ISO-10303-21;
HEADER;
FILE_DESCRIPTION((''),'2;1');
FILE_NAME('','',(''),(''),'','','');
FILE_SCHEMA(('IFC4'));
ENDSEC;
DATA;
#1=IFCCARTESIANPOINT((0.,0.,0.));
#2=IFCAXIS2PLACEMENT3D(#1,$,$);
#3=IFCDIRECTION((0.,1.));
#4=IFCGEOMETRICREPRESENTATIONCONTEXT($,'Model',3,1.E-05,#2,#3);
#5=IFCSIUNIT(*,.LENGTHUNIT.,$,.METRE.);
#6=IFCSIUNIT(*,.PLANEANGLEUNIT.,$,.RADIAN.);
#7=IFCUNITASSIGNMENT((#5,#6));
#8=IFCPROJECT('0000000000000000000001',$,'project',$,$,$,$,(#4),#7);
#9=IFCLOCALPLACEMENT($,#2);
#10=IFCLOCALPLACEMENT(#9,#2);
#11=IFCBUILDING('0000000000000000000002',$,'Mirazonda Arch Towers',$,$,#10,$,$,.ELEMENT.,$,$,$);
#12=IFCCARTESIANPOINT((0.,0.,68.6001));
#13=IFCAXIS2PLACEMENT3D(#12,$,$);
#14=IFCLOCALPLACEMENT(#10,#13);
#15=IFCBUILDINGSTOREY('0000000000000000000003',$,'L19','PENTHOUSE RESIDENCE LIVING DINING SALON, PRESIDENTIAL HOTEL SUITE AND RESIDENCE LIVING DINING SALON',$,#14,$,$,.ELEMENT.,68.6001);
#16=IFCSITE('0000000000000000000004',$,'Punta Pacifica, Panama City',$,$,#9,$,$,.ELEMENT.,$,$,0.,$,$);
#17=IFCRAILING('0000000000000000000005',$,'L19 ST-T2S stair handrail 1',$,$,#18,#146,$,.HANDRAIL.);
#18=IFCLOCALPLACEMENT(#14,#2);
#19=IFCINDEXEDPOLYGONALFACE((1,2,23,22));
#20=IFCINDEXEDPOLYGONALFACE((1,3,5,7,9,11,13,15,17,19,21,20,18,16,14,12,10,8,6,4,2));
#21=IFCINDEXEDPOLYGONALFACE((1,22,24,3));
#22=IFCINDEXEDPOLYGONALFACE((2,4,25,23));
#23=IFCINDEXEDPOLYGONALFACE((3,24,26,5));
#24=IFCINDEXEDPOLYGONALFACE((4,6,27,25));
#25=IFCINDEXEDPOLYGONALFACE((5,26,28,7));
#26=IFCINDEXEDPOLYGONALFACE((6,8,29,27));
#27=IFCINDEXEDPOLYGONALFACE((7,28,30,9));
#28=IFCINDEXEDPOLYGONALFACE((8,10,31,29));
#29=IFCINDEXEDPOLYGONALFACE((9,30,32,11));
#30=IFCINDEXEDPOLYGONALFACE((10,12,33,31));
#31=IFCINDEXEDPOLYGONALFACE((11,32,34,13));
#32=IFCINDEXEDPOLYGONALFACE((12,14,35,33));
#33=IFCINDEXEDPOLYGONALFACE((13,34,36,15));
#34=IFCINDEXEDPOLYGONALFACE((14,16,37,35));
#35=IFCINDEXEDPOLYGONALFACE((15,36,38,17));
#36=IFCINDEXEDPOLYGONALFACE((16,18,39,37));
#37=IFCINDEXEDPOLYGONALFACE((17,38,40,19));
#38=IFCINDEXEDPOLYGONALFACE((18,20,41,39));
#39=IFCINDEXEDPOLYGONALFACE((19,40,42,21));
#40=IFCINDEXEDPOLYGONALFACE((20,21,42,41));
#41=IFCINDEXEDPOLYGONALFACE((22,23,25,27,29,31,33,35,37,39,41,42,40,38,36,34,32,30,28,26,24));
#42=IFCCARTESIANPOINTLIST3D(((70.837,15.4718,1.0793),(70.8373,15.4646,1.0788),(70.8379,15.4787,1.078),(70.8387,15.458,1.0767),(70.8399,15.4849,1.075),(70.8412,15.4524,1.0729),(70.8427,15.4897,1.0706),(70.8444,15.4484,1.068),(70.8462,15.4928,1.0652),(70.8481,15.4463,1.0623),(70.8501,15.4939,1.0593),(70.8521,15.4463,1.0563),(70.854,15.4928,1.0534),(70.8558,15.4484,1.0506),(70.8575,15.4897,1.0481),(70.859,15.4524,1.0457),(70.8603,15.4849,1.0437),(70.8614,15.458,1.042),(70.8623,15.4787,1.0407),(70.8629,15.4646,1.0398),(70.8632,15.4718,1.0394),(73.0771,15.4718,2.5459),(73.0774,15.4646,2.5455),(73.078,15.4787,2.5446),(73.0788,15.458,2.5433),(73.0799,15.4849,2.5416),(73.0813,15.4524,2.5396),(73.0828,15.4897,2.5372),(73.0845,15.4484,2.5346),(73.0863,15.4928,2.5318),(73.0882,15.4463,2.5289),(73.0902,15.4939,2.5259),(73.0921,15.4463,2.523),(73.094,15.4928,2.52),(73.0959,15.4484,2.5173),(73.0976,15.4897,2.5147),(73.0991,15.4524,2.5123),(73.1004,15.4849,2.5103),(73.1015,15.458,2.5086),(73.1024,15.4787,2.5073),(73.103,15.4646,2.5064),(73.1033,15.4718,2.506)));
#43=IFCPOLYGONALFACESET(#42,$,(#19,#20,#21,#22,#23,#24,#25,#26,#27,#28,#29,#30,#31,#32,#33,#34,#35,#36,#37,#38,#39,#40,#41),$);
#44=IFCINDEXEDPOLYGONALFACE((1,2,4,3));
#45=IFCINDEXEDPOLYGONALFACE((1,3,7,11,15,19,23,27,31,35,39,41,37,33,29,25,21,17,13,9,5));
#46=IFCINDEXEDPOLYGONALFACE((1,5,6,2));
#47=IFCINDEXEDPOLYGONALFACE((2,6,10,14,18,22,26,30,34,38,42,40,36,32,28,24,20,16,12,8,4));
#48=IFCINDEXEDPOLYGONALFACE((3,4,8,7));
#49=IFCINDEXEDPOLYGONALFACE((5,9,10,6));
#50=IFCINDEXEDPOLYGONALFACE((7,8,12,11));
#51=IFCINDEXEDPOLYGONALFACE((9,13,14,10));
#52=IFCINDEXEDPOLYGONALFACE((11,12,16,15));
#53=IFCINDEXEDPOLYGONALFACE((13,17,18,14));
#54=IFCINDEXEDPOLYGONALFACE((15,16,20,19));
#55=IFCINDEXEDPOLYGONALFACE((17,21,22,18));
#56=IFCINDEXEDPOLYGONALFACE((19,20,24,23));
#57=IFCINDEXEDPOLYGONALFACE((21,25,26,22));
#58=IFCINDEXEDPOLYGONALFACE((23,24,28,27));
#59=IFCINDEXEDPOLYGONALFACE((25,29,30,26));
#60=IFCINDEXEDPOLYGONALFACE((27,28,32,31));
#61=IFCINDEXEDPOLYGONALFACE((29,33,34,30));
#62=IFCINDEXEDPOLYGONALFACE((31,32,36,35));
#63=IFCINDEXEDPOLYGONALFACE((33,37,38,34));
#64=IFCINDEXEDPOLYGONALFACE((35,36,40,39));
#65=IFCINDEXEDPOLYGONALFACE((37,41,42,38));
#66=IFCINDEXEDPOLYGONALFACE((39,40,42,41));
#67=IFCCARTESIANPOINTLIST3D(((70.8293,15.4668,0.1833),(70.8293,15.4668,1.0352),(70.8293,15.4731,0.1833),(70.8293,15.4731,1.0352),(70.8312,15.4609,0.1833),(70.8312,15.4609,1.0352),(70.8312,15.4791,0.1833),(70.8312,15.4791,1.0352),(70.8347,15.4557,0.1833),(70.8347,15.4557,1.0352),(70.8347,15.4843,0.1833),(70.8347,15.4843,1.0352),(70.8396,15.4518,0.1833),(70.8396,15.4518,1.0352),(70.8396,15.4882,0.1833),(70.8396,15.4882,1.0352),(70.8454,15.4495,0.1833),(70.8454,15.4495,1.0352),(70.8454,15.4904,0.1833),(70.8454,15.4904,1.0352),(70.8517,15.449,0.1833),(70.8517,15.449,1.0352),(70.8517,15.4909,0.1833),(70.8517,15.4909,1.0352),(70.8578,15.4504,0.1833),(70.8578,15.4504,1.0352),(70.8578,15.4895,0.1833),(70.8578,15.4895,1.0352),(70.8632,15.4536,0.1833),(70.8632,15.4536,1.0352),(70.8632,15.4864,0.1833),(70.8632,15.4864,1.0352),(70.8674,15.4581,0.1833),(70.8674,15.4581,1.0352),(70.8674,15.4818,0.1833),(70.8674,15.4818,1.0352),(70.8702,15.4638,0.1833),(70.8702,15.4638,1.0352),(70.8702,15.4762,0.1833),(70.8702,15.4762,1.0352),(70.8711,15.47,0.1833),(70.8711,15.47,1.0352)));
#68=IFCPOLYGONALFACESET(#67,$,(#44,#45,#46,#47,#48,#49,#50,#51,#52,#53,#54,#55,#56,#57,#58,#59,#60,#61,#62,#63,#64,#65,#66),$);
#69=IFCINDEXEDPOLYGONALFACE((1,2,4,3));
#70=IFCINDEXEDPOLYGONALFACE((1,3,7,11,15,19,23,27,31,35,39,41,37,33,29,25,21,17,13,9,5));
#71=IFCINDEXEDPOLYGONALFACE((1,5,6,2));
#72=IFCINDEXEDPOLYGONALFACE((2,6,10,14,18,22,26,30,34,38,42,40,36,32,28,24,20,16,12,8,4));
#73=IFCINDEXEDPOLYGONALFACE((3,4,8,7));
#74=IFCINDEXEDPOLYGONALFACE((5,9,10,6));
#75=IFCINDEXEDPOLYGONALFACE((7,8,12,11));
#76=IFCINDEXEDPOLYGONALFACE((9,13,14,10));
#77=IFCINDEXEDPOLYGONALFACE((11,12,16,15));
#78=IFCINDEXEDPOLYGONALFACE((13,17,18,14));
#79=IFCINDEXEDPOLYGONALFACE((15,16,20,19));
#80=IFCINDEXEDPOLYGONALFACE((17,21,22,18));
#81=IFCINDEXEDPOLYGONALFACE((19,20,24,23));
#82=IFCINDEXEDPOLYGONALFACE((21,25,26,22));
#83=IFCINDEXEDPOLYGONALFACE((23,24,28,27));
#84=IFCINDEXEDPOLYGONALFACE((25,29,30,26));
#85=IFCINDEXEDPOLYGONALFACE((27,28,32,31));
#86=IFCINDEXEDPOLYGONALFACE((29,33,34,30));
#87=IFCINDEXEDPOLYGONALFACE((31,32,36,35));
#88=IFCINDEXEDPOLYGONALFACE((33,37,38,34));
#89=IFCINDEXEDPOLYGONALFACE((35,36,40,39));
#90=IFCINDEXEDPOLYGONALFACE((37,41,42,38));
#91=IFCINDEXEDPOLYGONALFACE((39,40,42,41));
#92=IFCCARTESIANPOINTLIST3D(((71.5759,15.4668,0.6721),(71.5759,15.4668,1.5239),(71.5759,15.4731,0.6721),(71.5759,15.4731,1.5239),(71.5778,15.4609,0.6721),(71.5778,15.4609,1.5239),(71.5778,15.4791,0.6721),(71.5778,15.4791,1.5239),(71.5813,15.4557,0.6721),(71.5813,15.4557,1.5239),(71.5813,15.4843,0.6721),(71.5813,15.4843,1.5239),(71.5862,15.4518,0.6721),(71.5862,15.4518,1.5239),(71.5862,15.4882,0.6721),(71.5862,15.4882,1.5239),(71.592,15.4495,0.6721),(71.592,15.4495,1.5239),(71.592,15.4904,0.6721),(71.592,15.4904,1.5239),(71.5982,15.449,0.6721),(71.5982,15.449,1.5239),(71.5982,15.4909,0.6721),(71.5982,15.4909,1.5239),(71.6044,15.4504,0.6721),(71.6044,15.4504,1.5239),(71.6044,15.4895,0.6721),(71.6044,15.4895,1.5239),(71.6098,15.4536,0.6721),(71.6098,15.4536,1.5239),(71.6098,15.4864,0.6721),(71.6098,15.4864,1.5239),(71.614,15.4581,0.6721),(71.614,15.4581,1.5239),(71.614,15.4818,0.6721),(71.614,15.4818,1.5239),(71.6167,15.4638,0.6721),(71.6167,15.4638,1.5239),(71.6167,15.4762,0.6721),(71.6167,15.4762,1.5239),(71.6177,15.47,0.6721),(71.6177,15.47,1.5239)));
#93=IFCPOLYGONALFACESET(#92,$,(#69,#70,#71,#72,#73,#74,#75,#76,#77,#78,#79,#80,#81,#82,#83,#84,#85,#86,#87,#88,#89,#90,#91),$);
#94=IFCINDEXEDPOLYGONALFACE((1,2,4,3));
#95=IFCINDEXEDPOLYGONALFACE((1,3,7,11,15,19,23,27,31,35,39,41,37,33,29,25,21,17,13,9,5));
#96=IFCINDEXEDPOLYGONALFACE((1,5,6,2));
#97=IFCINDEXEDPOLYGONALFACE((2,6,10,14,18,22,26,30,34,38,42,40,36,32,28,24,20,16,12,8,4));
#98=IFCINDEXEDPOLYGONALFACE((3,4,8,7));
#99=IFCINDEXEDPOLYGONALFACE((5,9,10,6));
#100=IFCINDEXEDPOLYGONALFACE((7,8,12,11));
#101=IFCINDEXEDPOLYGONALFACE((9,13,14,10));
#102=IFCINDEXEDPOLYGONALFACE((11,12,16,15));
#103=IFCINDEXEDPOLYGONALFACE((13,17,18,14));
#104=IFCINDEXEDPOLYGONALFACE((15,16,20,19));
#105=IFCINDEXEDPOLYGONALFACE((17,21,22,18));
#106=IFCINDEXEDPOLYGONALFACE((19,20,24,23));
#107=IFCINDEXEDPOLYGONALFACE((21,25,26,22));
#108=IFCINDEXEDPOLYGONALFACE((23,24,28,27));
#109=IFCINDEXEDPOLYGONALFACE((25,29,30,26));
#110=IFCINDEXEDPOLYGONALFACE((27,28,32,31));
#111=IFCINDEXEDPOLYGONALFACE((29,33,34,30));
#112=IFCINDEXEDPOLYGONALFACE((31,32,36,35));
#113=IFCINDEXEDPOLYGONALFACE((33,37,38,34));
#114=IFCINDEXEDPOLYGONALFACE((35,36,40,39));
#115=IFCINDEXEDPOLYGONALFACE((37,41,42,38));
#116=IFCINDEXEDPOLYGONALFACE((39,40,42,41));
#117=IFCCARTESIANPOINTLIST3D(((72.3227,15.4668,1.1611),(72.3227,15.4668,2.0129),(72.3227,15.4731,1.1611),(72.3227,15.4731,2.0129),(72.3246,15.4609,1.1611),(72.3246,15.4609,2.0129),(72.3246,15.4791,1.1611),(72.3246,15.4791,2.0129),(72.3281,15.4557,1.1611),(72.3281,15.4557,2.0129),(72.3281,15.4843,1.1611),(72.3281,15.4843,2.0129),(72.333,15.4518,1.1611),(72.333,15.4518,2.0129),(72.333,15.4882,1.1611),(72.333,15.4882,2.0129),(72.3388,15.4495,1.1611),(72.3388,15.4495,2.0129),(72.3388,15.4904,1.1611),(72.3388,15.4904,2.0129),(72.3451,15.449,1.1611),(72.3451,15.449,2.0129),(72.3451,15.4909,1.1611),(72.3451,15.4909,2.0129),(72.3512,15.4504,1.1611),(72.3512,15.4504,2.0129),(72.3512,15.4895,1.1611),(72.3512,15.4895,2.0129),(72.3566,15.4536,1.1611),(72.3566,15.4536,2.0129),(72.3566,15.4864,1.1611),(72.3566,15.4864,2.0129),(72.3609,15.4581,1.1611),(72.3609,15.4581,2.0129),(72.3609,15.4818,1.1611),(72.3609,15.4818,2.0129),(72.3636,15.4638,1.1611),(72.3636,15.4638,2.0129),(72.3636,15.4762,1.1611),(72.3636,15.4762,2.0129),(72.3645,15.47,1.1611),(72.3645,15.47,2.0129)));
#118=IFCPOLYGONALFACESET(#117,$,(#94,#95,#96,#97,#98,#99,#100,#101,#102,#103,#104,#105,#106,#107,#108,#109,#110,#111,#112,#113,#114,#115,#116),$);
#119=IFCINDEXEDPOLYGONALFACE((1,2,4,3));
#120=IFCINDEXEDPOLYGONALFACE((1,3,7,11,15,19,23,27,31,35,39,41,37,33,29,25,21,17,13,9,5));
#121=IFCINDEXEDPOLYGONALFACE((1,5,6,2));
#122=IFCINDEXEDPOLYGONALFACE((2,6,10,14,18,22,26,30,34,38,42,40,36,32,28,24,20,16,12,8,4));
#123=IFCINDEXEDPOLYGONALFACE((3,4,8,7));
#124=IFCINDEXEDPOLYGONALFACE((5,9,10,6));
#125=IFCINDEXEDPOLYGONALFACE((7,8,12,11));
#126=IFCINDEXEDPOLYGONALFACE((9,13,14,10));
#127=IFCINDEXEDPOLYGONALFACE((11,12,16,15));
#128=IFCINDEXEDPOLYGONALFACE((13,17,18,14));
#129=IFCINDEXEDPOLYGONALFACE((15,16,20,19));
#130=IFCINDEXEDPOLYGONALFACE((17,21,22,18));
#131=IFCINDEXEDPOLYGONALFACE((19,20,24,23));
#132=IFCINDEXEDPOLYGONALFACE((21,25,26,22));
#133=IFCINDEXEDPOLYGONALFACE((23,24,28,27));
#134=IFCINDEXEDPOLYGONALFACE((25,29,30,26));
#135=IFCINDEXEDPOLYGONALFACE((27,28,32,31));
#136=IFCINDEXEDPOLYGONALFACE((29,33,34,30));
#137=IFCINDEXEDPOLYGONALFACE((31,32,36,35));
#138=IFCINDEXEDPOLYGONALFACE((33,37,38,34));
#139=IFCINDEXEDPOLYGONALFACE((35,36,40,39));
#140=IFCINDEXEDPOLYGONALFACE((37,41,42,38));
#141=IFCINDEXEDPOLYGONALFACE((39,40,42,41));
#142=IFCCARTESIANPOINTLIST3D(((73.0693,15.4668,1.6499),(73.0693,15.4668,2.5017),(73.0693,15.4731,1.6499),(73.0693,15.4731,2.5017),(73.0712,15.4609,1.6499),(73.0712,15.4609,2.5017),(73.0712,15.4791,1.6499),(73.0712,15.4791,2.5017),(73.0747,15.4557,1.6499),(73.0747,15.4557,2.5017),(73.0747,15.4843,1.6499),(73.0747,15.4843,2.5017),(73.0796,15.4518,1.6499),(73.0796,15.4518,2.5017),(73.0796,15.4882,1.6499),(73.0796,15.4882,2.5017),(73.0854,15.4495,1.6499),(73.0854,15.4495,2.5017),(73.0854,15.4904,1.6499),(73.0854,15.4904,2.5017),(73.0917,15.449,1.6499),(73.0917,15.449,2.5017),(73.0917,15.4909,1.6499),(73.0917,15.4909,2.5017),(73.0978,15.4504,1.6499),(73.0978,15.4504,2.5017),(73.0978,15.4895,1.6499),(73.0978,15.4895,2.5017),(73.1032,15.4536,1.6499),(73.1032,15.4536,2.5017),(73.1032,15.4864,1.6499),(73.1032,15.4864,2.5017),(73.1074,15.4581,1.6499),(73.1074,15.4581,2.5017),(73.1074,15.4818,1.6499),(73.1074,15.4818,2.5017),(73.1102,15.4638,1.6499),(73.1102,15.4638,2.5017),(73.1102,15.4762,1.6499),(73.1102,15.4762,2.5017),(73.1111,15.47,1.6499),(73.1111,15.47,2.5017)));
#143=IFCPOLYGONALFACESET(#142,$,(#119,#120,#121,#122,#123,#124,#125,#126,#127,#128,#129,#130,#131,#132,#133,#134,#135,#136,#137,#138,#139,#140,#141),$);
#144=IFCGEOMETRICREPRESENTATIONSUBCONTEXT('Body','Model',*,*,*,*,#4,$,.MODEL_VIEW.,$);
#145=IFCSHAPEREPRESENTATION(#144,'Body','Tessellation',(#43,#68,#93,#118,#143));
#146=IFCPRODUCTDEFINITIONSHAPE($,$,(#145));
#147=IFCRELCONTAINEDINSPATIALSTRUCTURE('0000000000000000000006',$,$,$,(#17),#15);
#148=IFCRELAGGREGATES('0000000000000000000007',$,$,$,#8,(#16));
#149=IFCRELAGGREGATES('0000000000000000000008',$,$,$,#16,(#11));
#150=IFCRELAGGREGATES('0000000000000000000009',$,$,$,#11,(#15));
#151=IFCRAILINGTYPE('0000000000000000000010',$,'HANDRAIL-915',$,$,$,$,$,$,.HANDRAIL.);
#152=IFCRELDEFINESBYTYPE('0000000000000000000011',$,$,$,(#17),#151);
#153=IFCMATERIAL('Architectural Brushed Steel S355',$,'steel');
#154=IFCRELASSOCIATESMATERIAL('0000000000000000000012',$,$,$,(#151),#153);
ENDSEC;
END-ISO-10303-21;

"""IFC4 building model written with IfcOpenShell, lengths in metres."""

from ifc_helpers import new_model, si_unit, direction, frame, origin, origin_2d, place, context, subcontext, project, spatial, circle, extrude, material, type_object, element, save


model = new_model("IFC4")

# Units and contexts
model_context = context("Model", 3, precision=1e-05, world=origin(), true_north=direction((0.0, 1.0)))
body_context = subcontext(model_context, "Body", "Model", "MODEL_VIEW")
ifc_project = project(units=[si_unit("LENGTHUNIT", "METRE"), si_unit("PLANEANGLEUNIT", "RADIAN")], contexts=[model_context])

# Site, building, storey
site_placement = place(None, origin())
site = spatial("IfcSite", under=ifc_project, at=site_placement, Name="Punta Pacifica, Panama City", CompositionType="ELEMENT", RefElevation=0.0)
building_placement = place(site_placement, origin())
building = spatial("IfcBuilding", under=site, at=building_placement, Name="Mirazonda Arch Towers", CompositionType="ELEMENT")
storey_placement = place(building_placement, frame((0.0, 0.0, 68.6001)))
storey = spatial("IfcBuildingStorey", under=building, at=storey_placement, Name="L19", Description="PENTHOUSE RESIDENCE LIVING DINING SALON, PRESIDENTIAL HOTEL SUITE AND RESIDENCE LIVING DINING SALON", CompositionType="ELEMENT", Elevation=68.6001)

# Railing
ifc_material_1 = material(Name="Architectural Brushed Steel S355", Category="steel")
railing_type_1 = type_object("IfcRailingType", Name="HANDRAIL-915", PredefinedType="HANDRAIL", material=ifc_material_1)
railing_1_placement = place(storey_placement, frame((70.8501, 15.47, 0.1833)))
element("IfcRailing", 1, at=railing_1_placement, inside=storey, type_object=railing_type_1, Name="L19 ST-T2S stair handrail 1", PredefinedType="HANDRAIL", context=body_context, shape_type="SweptSolid", body=[
    extrude(circle(Radius=0.0239, at=origin_2d()), frame((0.0, 0.0, 0.876), z_axis=(0.836637, 0.0, 0.547758), x_axis=(0.0, 1.0, 0.0)), (0.0, 0.0, 1.0), 2.6775),
    extrude(circle(Radius=0.021, at=origin_2d()), origin(), (0.0, 0.0, 1.0), 0.8518),
    extrude(circle(Radius=0.021, at=origin_2d()), frame((0.7466, 0.0, 0.4888)), (0.0, 0.0, 1.0), 0.8518),
    extrude(circle(Radius=0.021, at=origin_2d()), frame((1.4934, 0.0, 0.9778)), (0.0, 0.0, 1.0), 0.8518),
    extrude(circle(Radius=0.021, at=origin_2d()), frame((2.24, 0.0, 1.4666)), (0.0, 0.0, 1.0), 0.8518),
])

save(model, "model.ifc")
